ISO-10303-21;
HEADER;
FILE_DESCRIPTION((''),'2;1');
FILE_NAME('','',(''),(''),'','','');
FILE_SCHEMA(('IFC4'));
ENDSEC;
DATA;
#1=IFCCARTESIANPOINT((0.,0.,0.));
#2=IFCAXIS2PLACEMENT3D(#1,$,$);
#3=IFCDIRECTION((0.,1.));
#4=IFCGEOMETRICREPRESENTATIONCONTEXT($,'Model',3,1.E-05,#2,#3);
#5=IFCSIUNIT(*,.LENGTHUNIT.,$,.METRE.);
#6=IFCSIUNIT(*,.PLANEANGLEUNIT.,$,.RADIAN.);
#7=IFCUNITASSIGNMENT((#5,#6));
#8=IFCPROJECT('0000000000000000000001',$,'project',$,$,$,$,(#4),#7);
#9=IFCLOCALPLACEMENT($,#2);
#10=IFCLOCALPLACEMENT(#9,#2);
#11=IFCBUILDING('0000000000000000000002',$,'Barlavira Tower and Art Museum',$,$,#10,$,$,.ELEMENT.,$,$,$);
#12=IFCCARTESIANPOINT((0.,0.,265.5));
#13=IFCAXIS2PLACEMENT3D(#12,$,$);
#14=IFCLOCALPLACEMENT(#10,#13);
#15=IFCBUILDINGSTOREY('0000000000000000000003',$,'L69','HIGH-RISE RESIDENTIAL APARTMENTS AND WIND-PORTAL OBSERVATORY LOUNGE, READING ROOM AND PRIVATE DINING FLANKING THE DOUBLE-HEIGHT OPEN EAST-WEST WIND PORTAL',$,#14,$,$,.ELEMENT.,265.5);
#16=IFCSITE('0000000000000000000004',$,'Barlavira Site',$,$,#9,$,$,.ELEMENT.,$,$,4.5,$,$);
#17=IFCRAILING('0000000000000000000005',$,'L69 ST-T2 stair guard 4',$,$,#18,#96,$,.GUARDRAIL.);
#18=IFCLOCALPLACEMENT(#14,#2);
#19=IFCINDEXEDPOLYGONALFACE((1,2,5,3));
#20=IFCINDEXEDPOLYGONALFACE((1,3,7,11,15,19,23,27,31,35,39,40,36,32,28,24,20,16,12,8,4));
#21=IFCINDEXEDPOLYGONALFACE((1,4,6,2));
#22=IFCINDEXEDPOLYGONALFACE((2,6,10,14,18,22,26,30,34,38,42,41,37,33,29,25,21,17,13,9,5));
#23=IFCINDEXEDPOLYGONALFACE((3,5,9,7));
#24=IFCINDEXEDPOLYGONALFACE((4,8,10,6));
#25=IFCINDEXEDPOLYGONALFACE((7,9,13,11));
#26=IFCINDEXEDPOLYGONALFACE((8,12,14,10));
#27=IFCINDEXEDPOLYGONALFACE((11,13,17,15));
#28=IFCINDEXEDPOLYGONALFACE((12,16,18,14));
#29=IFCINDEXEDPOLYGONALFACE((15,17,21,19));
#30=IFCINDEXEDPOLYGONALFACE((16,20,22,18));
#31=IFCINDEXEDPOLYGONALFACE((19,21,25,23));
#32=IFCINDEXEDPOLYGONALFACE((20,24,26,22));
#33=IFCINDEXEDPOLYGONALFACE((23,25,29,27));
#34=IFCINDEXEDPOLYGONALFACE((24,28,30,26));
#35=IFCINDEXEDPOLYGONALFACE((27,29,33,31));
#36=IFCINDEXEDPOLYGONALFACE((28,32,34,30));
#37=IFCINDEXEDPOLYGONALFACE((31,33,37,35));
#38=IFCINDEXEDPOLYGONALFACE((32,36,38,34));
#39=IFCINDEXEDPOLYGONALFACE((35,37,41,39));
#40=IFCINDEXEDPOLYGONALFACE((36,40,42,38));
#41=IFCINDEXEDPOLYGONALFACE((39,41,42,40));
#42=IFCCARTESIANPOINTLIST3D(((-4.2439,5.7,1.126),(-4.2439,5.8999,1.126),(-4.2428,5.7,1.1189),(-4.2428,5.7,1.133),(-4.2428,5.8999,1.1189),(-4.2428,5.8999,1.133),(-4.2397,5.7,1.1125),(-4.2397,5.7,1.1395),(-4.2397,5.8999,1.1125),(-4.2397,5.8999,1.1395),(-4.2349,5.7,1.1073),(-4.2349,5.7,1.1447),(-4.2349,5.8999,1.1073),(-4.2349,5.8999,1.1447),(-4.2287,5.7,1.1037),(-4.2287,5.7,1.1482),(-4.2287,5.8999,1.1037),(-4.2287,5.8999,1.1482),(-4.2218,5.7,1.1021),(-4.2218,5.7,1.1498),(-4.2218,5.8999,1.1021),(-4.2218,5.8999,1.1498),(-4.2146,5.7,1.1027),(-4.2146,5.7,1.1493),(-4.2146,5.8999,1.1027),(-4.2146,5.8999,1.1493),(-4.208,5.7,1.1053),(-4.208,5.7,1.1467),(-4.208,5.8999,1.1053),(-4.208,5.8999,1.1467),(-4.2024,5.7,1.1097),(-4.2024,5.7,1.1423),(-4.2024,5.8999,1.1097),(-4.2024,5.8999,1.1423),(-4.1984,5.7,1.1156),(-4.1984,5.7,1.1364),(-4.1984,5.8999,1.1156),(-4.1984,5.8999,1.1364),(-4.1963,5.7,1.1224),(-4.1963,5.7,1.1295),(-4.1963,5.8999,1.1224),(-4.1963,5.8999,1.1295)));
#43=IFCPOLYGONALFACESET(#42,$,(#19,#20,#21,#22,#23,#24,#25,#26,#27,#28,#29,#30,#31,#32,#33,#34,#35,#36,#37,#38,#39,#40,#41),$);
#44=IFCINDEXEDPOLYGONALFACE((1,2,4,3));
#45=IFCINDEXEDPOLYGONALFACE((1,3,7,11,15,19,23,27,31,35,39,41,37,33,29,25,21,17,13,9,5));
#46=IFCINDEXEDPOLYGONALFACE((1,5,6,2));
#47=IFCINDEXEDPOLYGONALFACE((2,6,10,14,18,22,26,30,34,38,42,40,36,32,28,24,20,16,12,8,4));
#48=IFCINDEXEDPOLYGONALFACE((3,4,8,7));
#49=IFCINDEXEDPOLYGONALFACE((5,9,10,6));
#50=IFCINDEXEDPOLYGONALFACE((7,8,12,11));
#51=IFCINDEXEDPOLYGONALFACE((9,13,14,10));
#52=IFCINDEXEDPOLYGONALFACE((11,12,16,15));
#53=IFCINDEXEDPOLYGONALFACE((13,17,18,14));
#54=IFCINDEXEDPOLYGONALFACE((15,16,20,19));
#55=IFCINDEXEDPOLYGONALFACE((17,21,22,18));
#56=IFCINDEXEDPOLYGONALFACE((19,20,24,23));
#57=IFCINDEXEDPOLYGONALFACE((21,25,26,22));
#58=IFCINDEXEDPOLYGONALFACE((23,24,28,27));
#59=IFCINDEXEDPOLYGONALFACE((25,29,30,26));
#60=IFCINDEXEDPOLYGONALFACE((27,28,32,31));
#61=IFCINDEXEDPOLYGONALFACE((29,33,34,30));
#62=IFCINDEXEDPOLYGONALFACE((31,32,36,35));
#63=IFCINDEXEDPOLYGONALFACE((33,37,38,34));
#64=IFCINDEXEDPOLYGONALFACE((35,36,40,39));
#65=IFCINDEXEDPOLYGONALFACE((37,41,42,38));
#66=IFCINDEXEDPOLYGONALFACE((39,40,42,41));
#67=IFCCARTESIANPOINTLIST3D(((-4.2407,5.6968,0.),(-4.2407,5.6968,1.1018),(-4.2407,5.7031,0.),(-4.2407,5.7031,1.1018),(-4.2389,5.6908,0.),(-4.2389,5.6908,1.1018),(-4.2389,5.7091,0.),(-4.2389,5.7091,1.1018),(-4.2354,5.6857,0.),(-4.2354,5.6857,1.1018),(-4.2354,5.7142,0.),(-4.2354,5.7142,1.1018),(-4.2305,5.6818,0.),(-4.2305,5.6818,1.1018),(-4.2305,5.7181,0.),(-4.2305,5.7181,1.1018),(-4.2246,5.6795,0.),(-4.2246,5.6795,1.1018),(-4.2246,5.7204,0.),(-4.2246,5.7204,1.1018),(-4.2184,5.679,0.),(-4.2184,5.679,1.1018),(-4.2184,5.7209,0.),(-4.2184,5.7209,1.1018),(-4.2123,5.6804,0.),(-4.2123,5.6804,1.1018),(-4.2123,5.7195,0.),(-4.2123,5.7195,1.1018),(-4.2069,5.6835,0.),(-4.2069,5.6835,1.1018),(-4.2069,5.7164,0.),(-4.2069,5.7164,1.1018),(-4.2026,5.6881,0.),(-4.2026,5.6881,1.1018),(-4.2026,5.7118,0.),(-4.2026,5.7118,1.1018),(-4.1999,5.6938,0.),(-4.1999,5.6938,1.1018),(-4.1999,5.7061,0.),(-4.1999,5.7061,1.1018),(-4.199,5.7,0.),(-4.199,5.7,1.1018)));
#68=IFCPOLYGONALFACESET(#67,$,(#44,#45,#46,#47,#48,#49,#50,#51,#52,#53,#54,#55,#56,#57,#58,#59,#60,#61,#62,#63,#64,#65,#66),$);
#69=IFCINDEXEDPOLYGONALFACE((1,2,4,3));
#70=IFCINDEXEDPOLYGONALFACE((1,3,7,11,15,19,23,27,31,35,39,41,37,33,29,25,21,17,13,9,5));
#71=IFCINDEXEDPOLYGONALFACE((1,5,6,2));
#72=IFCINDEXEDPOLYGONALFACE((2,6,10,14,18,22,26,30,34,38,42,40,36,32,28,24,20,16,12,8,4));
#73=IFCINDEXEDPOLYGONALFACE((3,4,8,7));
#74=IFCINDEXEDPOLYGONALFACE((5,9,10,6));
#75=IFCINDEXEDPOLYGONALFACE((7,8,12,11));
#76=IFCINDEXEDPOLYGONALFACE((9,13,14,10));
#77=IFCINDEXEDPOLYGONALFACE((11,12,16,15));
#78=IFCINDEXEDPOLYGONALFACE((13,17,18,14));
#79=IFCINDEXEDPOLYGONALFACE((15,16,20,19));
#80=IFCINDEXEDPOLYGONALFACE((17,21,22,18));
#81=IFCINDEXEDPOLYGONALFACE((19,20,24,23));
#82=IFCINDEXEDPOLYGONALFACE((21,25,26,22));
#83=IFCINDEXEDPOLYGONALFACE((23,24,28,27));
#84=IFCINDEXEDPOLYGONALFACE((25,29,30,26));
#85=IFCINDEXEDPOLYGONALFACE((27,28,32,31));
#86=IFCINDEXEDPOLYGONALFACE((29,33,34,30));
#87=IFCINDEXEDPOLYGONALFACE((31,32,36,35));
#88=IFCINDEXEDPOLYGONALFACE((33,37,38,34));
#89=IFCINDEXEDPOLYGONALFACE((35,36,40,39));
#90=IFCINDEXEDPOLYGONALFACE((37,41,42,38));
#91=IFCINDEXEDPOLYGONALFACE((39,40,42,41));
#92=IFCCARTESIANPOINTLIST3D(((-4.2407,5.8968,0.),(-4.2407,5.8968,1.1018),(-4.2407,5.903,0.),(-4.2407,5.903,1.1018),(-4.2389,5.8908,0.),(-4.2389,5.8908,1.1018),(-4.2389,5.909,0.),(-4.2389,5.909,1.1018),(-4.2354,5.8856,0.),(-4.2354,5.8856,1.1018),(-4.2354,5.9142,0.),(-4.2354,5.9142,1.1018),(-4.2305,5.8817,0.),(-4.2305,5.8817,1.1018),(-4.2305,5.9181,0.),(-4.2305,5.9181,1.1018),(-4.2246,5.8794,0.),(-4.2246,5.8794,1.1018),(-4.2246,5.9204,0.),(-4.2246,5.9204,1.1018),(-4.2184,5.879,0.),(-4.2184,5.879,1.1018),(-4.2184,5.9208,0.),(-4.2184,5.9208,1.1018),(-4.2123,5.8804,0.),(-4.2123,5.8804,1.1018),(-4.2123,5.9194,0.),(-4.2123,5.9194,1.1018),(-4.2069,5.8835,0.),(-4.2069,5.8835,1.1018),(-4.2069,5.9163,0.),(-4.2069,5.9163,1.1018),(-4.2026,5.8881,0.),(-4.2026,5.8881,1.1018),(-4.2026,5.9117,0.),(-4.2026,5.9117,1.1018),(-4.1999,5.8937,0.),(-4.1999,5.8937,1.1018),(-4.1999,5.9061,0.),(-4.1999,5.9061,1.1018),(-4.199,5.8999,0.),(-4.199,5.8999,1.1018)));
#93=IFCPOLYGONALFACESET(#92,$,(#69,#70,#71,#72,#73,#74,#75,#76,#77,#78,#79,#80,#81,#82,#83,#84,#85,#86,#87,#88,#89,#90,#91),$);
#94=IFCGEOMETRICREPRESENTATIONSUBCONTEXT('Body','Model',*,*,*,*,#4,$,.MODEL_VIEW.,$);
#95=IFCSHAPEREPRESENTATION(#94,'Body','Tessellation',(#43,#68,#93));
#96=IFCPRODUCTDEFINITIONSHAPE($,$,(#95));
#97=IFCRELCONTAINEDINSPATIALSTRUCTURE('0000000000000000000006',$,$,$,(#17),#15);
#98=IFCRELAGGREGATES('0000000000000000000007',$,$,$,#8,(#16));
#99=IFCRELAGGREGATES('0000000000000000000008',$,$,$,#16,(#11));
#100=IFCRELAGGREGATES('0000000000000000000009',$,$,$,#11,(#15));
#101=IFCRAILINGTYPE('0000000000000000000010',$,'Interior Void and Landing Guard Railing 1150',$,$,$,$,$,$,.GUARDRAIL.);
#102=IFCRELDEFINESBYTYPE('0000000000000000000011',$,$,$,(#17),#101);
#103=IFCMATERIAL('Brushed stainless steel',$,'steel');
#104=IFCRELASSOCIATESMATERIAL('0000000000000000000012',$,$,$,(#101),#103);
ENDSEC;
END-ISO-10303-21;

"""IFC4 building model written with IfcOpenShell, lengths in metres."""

from ifc_helpers import new_model, si_unit, direction, frame, origin, origin_2d, place, context, subcontext, project, spatial, circle, extrude, material, type_object, element, save


model = new_model("IFC4")

# Units and contexts
model_context = context("Model", 3, precision=1e-05, world=origin(), true_north=direction((0.0, 1.0)))
body_context = subcontext(model_context, "Body", "Model", "MODEL_VIEW")
ifc_project = project(units=[si_unit("LENGTHUNIT", "METRE"), si_unit("PLANEANGLEUNIT", "RADIAN")], contexts=[model_context])

# Site, building, storey
site_placement = place(None, origin())
site = spatial("IfcSite", under=ifc_project, at=site_placement, Name="Barlavira Site", CompositionType="ELEMENT", RefElevation=4.5)
building_placement = place(site_placement, origin())
building = spatial("IfcBuilding", under=site, at=building_placement, Name="Barlavira Tower and Art Museum", CompositionType="ELEMENT")
storey_placement = place(building_placement, frame((0.0, 0.0, 265.5)))
storey = spatial("IfcBuildingStorey", under=building, at=storey_placement, Name="L69", Description="HIGH-RISE RESIDENTIAL APARTMENTS AND WIND-PORTAL OBSERVATORY LOUNGE, READING ROOM AND PRIVATE DINING FLANKING THE DOUBLE-HEIGHT OPEN EAST-WEST WIND PORTAL", CompositionType="ELEMENT", Elevation=265.5)

# Shared definitions
ifc_material_1 = material(Name="Brushed stainless steel", Category="steel")

# Railing
railing_type_1 = type_object("IfcRailingType", Name="Interior Void and Landing Guard Railing 1150", PredefinedType="GUARDRAIL", material=ifc_material_1)
railing_1_placement = place(storey_placement, frame((-4.22, 5.7, 0.0)))
element("IfcRailing", 1, at=railing_1_placement, inside=storey, type_object=railing_type_1, Name="L69 ST-T2 stair guard 4", PredefinedType="GUARDRAIL", context=body_context, shape_type="SweptSolid", body=[
    extrude(circle(Radius=0.0239, at=origin_2d()), frame((0.0, 0.0, 1.126), z_axis=(0.0, 1.0, 0.0), x_axis=(-1.0, 0.0, 0.0)), (0.0, 0.0, 1.0), 0.2),
    extrude(circle(Radius=0.021, at=origin_2d()), origin(), (0.0, 0.0, 1.0), 1.1018),
    extrude(circle(Radius=0.021, at=origin_2d()), frame((0.0, 0.2, 0.0)), (0.0, 0.0, 1.0), 1.1018),
])

save(model, "model.ifc")
